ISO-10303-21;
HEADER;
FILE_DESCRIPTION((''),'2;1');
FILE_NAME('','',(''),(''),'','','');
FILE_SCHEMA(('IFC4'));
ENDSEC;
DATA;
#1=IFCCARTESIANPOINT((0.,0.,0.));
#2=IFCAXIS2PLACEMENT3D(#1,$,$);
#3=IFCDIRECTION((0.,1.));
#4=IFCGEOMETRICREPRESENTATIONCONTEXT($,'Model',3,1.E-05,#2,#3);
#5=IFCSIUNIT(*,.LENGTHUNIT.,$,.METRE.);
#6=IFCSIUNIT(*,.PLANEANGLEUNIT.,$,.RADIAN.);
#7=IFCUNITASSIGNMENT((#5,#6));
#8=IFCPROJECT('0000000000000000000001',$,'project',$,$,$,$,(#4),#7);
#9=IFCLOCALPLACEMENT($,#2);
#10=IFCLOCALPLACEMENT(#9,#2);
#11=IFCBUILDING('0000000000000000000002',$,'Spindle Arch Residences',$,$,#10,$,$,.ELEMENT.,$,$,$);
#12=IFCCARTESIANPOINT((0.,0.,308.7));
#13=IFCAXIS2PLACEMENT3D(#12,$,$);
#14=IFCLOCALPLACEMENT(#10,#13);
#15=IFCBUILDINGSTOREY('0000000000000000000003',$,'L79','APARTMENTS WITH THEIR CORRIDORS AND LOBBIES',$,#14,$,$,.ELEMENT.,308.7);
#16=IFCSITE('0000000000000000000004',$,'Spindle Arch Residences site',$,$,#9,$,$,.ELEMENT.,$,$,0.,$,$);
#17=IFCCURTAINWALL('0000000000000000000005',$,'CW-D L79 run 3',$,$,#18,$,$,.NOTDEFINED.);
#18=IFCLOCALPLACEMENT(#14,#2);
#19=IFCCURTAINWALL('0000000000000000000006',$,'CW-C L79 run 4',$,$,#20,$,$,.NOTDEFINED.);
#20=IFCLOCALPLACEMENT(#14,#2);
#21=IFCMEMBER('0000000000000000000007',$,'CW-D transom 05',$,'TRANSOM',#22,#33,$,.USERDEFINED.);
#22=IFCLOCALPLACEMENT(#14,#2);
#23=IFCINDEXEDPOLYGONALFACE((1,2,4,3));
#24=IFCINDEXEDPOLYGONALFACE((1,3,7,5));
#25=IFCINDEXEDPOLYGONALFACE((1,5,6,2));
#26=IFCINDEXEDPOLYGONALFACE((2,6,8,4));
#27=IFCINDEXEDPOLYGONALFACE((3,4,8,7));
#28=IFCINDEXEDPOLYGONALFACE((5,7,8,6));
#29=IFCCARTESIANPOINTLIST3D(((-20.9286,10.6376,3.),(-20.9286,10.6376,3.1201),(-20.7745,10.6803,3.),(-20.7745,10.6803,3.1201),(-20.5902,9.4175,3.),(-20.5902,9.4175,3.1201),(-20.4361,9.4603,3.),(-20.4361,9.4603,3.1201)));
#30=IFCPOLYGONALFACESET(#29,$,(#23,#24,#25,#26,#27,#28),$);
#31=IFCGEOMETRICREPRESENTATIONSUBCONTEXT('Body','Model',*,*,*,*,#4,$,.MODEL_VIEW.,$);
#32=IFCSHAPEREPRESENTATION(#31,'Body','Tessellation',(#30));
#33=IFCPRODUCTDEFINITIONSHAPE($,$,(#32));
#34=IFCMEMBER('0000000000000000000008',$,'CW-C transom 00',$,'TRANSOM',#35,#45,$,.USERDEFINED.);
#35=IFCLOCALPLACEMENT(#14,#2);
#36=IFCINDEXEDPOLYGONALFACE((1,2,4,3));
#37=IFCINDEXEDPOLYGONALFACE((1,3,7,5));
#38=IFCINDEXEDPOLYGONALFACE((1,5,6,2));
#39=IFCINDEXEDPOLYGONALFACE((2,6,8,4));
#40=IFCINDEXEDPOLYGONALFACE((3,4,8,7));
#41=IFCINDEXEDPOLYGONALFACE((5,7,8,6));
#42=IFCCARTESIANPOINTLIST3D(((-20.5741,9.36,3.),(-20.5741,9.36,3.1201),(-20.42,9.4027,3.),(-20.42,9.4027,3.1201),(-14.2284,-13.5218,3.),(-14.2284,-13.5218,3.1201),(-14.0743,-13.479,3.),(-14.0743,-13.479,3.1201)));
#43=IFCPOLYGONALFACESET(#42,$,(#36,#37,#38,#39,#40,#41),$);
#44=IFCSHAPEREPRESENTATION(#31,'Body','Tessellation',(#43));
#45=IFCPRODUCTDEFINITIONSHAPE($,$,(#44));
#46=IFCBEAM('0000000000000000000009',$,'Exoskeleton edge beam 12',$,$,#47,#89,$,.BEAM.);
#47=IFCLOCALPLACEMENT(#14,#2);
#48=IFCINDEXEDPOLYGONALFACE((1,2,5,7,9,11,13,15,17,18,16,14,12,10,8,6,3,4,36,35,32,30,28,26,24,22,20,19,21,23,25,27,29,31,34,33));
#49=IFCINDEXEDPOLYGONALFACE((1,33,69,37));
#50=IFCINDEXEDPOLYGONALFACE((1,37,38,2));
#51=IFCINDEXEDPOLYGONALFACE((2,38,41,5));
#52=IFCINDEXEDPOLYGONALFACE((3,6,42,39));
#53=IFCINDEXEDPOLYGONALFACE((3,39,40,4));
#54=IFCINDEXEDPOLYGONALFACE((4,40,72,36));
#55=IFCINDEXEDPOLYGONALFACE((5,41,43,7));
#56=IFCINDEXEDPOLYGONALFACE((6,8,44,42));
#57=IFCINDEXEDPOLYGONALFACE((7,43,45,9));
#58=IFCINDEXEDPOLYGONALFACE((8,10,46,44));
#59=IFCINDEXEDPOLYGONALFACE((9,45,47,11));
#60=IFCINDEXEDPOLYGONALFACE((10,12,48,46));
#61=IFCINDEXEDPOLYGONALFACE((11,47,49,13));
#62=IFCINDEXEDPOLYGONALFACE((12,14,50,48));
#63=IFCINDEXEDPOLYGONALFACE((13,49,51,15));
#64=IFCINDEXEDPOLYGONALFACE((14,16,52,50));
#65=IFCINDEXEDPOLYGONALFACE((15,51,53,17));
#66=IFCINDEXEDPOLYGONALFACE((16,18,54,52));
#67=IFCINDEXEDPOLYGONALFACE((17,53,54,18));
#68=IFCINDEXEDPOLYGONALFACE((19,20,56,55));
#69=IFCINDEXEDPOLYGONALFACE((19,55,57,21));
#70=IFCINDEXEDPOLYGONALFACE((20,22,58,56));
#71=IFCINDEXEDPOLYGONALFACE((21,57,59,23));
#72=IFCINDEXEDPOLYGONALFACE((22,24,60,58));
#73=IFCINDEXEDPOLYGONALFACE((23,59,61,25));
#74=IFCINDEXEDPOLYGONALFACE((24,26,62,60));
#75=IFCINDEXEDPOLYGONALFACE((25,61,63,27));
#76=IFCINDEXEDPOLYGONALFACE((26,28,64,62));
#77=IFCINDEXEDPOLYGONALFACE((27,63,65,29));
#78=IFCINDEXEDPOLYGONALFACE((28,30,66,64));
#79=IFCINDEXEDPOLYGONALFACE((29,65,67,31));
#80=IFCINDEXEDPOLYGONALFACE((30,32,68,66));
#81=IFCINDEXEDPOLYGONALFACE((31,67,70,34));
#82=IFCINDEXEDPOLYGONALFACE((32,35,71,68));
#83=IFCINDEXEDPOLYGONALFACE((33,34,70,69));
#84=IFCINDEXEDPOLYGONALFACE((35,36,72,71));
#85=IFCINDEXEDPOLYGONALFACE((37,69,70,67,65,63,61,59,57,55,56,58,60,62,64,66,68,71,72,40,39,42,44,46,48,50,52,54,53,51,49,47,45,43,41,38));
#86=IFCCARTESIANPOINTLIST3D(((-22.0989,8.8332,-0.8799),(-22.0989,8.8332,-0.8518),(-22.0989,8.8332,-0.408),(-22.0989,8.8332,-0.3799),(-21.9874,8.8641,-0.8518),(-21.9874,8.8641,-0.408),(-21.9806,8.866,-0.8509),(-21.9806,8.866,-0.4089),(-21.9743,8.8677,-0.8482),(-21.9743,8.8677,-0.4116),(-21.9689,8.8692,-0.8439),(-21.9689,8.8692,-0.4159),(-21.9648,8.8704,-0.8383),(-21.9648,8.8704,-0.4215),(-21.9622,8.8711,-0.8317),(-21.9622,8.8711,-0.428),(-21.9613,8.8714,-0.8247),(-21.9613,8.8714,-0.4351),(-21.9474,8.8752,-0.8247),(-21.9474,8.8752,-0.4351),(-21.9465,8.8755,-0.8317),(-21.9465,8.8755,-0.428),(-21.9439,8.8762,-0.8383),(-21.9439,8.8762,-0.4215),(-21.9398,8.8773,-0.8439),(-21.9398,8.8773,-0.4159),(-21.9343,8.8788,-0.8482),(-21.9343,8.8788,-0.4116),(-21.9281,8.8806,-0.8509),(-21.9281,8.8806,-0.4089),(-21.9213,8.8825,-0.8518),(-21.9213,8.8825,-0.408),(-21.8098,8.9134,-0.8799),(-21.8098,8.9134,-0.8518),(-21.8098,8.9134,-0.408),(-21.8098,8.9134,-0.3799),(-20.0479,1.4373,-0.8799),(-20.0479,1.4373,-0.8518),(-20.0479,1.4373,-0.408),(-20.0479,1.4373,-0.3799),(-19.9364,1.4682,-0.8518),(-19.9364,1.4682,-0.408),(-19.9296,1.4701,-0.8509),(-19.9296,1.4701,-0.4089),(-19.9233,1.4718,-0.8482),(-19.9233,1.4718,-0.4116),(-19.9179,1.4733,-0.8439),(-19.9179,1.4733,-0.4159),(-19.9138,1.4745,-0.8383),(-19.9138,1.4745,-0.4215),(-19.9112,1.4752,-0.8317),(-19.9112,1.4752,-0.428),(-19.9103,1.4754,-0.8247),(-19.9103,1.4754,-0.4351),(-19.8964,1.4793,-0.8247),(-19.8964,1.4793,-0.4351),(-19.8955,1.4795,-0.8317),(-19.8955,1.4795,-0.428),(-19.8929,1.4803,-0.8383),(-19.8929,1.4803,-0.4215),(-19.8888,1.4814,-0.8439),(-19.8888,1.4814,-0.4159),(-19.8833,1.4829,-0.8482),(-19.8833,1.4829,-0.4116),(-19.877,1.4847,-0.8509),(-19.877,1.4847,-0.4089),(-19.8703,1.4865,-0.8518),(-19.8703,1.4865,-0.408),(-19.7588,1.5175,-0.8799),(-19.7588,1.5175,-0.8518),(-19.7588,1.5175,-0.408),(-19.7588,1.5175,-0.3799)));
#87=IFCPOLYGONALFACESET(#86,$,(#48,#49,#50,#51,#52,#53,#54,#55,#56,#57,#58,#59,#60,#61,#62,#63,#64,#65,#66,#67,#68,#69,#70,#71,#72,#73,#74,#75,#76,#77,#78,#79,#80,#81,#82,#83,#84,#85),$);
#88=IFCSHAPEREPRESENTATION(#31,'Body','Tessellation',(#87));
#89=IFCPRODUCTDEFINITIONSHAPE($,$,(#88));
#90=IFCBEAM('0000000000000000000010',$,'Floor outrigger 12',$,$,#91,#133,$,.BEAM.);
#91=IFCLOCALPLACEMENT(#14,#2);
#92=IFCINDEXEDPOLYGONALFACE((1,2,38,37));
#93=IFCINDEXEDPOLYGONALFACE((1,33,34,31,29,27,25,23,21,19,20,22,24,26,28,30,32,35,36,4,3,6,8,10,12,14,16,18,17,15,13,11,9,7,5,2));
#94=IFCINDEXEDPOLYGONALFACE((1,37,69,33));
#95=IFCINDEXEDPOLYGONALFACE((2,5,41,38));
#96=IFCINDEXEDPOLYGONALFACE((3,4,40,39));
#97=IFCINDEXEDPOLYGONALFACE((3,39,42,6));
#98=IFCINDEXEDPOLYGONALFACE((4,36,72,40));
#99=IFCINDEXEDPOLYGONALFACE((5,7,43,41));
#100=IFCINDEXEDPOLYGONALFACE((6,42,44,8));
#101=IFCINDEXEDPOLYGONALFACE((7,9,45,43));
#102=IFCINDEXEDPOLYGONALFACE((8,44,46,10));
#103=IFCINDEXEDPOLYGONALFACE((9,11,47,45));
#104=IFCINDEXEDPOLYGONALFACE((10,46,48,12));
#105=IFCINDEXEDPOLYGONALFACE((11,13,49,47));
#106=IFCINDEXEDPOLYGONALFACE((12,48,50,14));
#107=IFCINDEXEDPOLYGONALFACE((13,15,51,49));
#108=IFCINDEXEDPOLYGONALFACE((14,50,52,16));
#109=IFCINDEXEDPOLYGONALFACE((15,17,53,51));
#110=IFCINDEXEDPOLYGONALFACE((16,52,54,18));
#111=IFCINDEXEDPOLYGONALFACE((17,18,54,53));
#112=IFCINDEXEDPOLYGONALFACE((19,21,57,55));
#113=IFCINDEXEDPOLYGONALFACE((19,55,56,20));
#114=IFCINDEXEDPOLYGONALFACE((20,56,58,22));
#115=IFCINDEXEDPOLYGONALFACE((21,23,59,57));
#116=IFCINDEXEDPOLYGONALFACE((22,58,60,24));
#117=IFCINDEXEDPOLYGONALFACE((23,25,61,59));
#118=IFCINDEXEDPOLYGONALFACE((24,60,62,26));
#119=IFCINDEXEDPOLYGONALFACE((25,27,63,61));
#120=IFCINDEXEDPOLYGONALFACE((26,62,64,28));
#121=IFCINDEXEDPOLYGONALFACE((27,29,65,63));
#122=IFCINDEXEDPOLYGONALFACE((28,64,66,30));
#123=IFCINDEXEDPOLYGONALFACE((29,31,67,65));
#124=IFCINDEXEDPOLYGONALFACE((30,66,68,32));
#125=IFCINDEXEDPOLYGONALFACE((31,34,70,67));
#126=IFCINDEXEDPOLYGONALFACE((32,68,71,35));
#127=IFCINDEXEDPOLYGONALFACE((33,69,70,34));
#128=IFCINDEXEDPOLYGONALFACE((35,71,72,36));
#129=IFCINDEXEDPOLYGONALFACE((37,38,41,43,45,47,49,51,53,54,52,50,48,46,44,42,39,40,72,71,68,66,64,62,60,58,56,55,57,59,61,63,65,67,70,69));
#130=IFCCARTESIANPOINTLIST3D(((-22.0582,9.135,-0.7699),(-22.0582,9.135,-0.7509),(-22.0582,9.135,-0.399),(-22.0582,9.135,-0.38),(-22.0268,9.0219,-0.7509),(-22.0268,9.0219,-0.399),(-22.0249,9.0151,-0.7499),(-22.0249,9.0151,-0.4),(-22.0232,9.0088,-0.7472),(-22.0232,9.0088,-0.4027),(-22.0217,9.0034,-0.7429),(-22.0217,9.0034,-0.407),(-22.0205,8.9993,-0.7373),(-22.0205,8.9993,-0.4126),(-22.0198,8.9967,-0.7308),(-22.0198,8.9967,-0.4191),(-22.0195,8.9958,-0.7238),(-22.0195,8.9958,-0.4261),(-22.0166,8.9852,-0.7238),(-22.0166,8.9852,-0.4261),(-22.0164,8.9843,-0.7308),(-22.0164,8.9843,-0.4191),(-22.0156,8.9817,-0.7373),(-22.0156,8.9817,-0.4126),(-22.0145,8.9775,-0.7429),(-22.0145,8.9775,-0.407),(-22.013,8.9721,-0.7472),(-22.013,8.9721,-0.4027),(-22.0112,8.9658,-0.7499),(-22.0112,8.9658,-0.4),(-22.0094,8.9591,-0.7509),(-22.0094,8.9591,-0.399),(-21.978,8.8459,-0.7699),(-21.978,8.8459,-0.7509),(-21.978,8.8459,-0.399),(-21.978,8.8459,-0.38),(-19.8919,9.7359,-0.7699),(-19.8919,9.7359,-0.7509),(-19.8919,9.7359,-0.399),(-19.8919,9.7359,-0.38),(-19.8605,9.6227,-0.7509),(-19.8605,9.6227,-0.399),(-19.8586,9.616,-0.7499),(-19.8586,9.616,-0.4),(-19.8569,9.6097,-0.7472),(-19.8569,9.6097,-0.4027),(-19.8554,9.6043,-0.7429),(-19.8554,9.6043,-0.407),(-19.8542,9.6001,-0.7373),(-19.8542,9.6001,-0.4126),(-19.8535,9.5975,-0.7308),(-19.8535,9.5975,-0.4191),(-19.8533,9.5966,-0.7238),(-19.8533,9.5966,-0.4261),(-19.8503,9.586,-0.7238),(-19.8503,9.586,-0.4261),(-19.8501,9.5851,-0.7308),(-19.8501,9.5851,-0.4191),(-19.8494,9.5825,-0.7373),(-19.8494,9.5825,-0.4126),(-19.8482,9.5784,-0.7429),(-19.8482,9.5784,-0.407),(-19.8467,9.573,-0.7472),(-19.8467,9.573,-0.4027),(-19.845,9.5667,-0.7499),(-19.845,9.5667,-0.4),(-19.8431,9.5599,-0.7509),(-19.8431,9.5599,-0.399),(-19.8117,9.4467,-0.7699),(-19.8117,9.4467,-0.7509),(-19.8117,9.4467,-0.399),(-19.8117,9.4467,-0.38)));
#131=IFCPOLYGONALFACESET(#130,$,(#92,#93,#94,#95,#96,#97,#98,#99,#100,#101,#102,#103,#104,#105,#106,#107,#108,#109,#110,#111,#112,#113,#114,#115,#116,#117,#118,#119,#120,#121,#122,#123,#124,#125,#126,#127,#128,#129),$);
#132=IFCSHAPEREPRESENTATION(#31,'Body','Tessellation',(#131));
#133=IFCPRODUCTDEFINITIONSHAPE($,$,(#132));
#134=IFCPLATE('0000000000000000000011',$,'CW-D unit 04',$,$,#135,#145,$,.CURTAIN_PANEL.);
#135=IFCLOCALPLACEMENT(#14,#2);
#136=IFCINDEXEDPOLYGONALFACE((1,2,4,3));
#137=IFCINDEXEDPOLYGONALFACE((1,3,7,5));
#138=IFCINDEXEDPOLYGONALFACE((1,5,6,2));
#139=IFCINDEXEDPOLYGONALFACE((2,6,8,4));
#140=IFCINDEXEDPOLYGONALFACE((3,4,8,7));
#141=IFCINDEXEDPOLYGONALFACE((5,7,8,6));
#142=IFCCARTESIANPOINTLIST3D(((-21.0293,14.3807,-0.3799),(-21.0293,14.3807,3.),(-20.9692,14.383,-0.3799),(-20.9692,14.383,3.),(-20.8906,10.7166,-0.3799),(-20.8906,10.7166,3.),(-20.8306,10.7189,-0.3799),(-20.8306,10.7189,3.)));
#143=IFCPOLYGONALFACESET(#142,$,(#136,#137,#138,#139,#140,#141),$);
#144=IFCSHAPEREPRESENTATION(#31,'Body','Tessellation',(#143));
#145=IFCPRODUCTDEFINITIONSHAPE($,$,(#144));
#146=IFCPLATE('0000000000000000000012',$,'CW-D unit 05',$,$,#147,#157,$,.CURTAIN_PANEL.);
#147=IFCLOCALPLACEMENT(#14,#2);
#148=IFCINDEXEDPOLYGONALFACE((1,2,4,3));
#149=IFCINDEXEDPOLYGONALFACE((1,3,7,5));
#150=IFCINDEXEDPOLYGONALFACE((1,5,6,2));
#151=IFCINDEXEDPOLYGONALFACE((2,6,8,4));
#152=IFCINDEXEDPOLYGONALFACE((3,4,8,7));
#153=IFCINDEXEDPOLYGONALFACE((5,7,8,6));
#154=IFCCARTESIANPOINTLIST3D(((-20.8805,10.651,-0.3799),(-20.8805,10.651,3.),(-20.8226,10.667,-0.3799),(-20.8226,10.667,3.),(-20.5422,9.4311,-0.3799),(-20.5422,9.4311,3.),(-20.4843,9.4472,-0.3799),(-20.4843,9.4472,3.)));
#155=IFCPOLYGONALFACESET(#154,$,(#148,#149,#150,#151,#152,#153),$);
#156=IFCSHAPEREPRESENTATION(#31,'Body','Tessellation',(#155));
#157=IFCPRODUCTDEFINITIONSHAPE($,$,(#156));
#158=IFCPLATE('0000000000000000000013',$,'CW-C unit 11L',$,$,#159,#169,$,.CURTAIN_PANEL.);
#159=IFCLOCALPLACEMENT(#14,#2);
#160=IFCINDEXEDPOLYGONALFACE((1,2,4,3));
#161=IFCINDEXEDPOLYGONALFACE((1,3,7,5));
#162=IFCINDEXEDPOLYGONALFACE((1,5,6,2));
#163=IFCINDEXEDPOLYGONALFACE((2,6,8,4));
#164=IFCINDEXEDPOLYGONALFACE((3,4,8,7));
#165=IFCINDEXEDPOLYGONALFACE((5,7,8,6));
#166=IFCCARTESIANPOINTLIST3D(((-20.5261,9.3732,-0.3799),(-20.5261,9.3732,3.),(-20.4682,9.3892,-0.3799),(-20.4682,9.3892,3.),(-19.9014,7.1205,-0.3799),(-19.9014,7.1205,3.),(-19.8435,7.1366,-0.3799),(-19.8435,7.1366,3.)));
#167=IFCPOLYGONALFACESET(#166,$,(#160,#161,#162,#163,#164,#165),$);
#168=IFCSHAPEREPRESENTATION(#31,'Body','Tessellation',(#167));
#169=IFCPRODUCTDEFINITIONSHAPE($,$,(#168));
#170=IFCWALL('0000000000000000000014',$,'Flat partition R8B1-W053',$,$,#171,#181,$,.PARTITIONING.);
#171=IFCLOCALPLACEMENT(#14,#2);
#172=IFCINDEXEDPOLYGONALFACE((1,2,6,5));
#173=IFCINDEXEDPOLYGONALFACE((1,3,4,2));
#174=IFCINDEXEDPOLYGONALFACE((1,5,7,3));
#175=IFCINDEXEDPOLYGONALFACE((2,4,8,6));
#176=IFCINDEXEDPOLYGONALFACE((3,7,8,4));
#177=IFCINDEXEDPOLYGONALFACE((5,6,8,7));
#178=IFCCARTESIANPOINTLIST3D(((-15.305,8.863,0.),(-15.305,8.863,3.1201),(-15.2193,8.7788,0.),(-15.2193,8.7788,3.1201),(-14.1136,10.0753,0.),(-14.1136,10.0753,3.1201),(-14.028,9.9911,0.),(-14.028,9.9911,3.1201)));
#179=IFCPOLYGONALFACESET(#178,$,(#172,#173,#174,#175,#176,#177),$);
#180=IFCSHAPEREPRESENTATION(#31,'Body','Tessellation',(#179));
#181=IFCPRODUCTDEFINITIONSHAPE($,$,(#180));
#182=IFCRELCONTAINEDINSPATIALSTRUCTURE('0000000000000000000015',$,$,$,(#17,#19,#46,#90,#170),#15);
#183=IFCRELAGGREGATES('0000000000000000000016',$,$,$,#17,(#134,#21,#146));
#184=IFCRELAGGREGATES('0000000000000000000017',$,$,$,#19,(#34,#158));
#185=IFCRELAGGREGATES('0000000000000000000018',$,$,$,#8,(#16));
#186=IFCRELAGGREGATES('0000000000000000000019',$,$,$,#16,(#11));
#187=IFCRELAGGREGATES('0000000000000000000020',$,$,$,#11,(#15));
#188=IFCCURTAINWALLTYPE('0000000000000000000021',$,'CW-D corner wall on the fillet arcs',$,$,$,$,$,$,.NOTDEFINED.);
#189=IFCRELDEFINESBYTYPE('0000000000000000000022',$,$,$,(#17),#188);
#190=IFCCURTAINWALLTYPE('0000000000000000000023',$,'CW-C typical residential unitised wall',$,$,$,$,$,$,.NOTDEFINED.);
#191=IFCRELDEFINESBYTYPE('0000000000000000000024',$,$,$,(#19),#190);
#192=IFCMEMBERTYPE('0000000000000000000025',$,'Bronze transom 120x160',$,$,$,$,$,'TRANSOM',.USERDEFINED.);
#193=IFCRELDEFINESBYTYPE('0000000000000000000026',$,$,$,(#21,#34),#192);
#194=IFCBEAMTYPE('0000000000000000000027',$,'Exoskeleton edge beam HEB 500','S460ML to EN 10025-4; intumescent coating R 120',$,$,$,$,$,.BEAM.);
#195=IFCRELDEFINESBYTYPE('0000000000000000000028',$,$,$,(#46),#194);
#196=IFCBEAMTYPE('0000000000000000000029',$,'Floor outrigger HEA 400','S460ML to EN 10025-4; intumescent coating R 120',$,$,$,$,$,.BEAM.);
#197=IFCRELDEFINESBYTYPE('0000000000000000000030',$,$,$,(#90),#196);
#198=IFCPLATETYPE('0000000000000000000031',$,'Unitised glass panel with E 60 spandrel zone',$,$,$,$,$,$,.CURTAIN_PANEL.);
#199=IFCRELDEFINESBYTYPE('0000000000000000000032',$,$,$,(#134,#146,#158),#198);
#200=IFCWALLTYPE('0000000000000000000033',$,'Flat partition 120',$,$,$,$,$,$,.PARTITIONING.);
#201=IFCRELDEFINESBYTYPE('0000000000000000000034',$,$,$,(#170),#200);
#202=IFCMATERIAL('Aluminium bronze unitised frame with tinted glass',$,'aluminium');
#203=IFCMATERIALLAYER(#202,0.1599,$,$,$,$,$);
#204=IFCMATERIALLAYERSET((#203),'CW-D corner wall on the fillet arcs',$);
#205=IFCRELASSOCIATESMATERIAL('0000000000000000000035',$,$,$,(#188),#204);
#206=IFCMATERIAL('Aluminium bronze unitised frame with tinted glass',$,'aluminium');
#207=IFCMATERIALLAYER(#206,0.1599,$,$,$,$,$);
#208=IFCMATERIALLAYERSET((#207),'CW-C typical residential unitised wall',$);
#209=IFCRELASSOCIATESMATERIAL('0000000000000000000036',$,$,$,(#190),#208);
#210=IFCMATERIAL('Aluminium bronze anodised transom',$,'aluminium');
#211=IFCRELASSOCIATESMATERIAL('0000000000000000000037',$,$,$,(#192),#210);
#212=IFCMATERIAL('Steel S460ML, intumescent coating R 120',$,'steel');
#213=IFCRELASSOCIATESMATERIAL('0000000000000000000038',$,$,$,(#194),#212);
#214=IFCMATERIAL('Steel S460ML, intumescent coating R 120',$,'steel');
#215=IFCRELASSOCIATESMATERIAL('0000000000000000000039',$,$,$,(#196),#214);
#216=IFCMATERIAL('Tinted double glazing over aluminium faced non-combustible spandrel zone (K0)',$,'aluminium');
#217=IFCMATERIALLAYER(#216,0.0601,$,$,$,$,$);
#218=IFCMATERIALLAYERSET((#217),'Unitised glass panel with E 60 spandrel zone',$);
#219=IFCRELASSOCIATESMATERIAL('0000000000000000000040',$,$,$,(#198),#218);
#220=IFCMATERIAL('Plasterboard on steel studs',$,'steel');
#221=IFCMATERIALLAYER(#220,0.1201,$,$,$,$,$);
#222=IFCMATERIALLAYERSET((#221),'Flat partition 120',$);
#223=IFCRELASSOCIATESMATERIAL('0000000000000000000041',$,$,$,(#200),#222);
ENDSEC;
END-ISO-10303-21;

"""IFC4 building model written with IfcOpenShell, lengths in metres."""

from ifc_helpers import new_model, si_unit, direction, frame, frame_2d, origin, origin_2d, place, context, subcontext, project, spatial, rectangle, i_section, extrude, material, layer, layer_set, material_profile, profile_set, type_object, element, aggregate, save


model = new_model("IFC4")

# Units and contexts
model_context = context("Model", 3, precision=1e-05, world=origin(), true_north=direction((0.0, 1.0)))
body_context = subcontext(model_context, "Body", "Model", "MODEL_VIEW")
ifc_project = project(units=[si_unit("LENGTHUNIT", "METRE"), si_unit("PLANEANGLEUNIT", "RADIAN")], contexts=[model_context])

# Site, building, storey
site_placement = place(None, origin())
site = spatial("IfcSite", under=ifc_project, at=site_placement, Name="Spindle Arch Residences site", CompositionType="ELEMENT", RefElevation=0.0)
building_placement = place(site_placement, origin())
building = spatial("IfcBuilding", under=site, at=building_placement, Name="Spindle Arch Residences", CompositionType="ELEMENT")
storey_placement = place(building_placement, frame((0.0, 0.0, 308.7)))
storey = spatial("IfcBuildingStorey", under=building, at=storey_placement, Name="L79", Description="APARTMENTS WITH THEIR CORRIDORS AND LOBBIES", CompositionType="ELEMENT", Elevation=308.7)

# Curtain walls
ifc_material_1 = material(Name="Aluminium bronze unitised frame with tinted glass", Category="aluminium")
ifc_layer_1 = layer(ifc_material_1, 0.1599)
ifc_layer_set_1 = layer_set([ifc_layer_1], Name="CW-D corner wall on the fillet arcs")
curtain_wall_type_1 = type_object("IfcCurtainWallType", Name="CW-D corner wall on the fillet arcs", PredefinedType="NOTDEFINED", material=ifc_layer_set_1)
curtain_wall_1_placement = place(storey_placement, origin())
curtain_wall_1 = element("IfcCurtainWall", 1, at=curtain_wall_1_placement, inside=storey, type_object=curtain_wall_type_1, Name="CW-D L79 run 3", PredefinedType="NOTDEFINED")
ifc_material_2 = material(Name="Aluminium bronze unitised frame with tinted glass", Category="aluminium")
ifc_layer_2 = layer(ifc_material_2, 0.1599)
ifc_layer_set_2 = layer_set([ifc_layer_2], Name="CW-C typical residential unitised wall")
curtain_wall_type_2 = type_object("IfcCurtainWallType", Name="CW-C typical residential unitised wall", PredefinedType="NOTDEFINED", material=ifc_layer_set_2)
curtain_wall_2_placement = place(storey_placement, origin())
curtain_wall_2 = element("IfcCurtainWall", 2, at=curtain_wall_2_placement, inside=storey, type_object=curtain_wall_type_2, Name="CW-C L79 run 4", PredefinedType="NOTDEFINED")

# Members
ifc_material_3 = material(Name="Aluminium bronze anodised transom", Category="aluminium")
ifc_material_profile_1 = material_profile(ifc_material_3, rectangle(XDim=0.1599, YDim=0.1201, at=origin_2d()), Name="TR 120x160")
ifc_profile_set_1 = profile_set([ifc_material_profile_1], Name="Aluminium bronze anodised transom")
member_type_1 = type_object("IfcMemberType", Name="Bronze transom 120x160", ElementType="TRANSOM", PredefinedType="USERDEFINED", material=ifc_profile_set_1)
member_1_placement = place(storey_placement, frame((-20.8516, 10.6589, 3.0601), z_axis=(0.267276, -0.96362, 0.0), x_axis=(0.96362, 0.267276, 0.0)))
member_1 = element("IfcMember", 3, at=member_1_placement, type_object=member_type_1, Name="CW-D transom 05", ObjectType="TRANSOM", PredefinedType="USERDEFINED", context=body_context, shape_type="SweptSolid", body=[
    extrude(rectangle(XDim=0.1599, YDim=0.1201, at=origin_2d()), origin(), (0.0, 0.0, 1.0), 1.2661),
])
member_2_placement = place(storey_placement, frame((-20.4971, 9.3813, 3.0601), z_axis=(0.267239, -0.96363, 0.0), x_axis=(0.96363, 0.267239, 0.0)))
member_2 = element("IfcMember", 4, at=member_2_placement, type_object=member_type_1, Name="CW-C transom 00", ObjectType="TRANSOM", PredefinedType="USERDEFINED", context=body_context, shape_type="SweptSolid", body=[
    extrude(rectangle(XDim=0.1599, YDim=0.1201, at=origin_2d()), origin(), (0.0, 0.0, 1.0), 23.7454),
])

# Beams
ifc_material_4 = material(Name="Steel S460ML, intumescent coating R 120", Category="steel")
ifc_material_profile_2 = material_profile(ifc_material_4, i_section(OverallWidth=0.3, OverallDepth=0.5, WebThickness=0.0144, FlangeThickness=0.0281, FilletRadius=0.0271, at=origin_2d()), Name="HEB 500")
ifc_profile_set_2 = profile_set([ifc_material_profile_2], Name="Steel S460ML, intumescent coating R 120")
beam_type_1 = type_object("IfcBeamType", Name="Exoskeleton edge beam HEB 500", Description="S460ML to EN 10025-4; intumescent coating R 120", PredefinedType="BEAM", material=ifc_profile_set_2)
beam_1_placement = place(storey_placement, frame((-21.9543, 8.8733, -0.6299), z_axis=(0.26723, -0.963633, 0.0), x_axis=(0.963633, 0.26723, 0.0)))
element("IfcBeam", 5, at=beam_1_placement, inside=storey, type_object=beam_type_1, Name="Exoskeleton edge beam 12", PredefinedType="BEAM", context=body_context, shape_type="SweptSolid", body=[
    extrude(i_section(OverallWidth=0.3, OverallDepth=0.5, WebThickness=0.0144, FlangeThickness=0.0281, FilletRadius=0.0271, at=origin_2d()), origin(), (0.0, 0.0, 1.0), 7.675),
])
ifc_material_5 = material(Name="Steel S460ML, intumescent coating R 120", Category="steel")
ifc_material_profile_3 = material_profile(ifc_material_5, i_section(OverallWidth=0.3, OverallDepth=0.3899, WebThickness=0.011, FlangeThickness=0.019, FilletRadius=0.0271, at=origin_2d()), Name="HEA 400")
ifc_profile_set_3 = profile_set([ifc_material_profile_3], Name="Steel S460ML, intumescent coating R 120")
beam_type_2 = type_object("IfcBeamType", Name="Floor outrigger HEA 400", Description="S460ML to EN 10025-4; intumescent coating R 120", PredefinedType="BEAM", material=ifc_profile_set_3)
beam_2_placement = place(storey_placement, frame((-22.0181, 8.9905, -0.575), z_axis=(0.963622, 0.267269, 0.0), x_axis=(-0.267269, 0.963622, 0.0)))
element("IfcBeam", 6, at=beam_2_placement, inside=storey, type_object=beam_type_2, Name="Floor outrigger 12", PredefinedType="BEAM", context=body_context, shape_type="SweptSolid", body=[
    extrude(i_section(OverallWidth=0.3, OverallDepth=0.3899, WebThickness=0.011, FlangeThickness=0.019, FilletRadius=0.0271, at=origin_2d()), origin(), (0.0, 0.0, 1.0), 2.248),
])

# Plates
ifc_material_6 = material(Name="Tinted double glazing over aluminium faced non-combustible spandrel zone (K0)", Category="aluminium")
ifc_layer_3 = layer(ifc_material_6, 0.0601)
ifc_layer_set_3 = layer_set([ifc_layer_3], Name="Unitised glass panel with E 60 spandrel zone")
plate_type = type_object("IfcPlateType", Name="Unitised glass panel with E 60 spandrel zone", PredefinedType="CURTAIN_PANEL", material=ifc_layer_set_3)
plate_1_placement = place(storey_placement, frame((-20.9299, 12.5498, -0.3799), z_axis=(0.0, 0.0, 1.0), x_axis=(0.037806, -0.999285, 0.0)))
plate_1 = element("IfcPlate", 7, at=plate_1_placement, type_object=plate_type, Name="CW-D unit 04", PredefinedType="CURTAIN_PANEL", context=body_context, shape_type="SweptSolid", body=[
    extrude(rectangle(XDim=3.6667, YDim=0.0601, at=origin_2d()), origin(), (0.0, 0.0, 1.0), 3.3799),
])
plate_2_placement = place(storey_placement, frame((-20.6824, 10.0491, -0.3799), z_axis=(0.0, 0.0, 1.0), x_axis=(0.267238, -0.96363, 0.0)))
plate_2 = element("IfcPlate", 8, at=plate_2_placement, type_object=plate_type, Name="CW-D unit 05", PredefinedType="CURTAIN_PANEL", context=body_context, shape_type="SweptSolid", body=[
    extrude(rectangle(XDim=1.2659, YDim=0.0601, at=origin_2d()), origin(), (0.0, 0.0, 1.0), 3.3799),
])
aggregate(curtain_wall_1, [plate_1, member_1, plate_2])
plate_3_placement = place(storey_placement, frame((-20.1848, 8.2549, -0.3799), z_axis=(0.0, 0.0, 1.0), x_axis=(0.267238, -0.96363, 0.0)))
plate_3 = element("IfcPlate", 9, at=plate_3_placement, type_object=plate_type, Name="CW-C unit 11L", PredefinedType="CURTAIN_PANEL", context=body_context, shape_type="SweptSolid", body=[
    extrude(rectangle(XDim=2.3376, YDim=0.0601, at=origin_2d()), origin(), (0.0, 0.0, 1.0), 3.3799),
])
aggregate(curtain_wall_2, [member_2, plate_3])

# Wall
ifc_material_7 = material(Name="Plasterboard on steel studs", Category="steel")
ifc_layer_4 = layer(ifc_material_7, 0.1201)
ifc_layer_set_4 = layer_set([ifc_layer_4], Name="Flat partition 120")
wall_type_1 = type_object("IfcWallType", Name="Flat partition 120", PredefinedType="PARTITIONING", material=ifc_layer_set_4)
wall_1_placement = place(storey_placement, frame((-14.0708, 10.0332, 0.0), z_axis=(0.0, 0.0, 1.0), x_axis=(-0.700904, -0.713256, 0.0)))
element("IfcWall", 10, at=wall_1_placement, inside=storey, type_object=wall_type_1, Name="Flat partition R8B1-W053", PredefinedType="PARTITIONING", context=body_context, shape_type="SweptSolid", body=[
    extrude(rectangle(XDim=1.6997, YDim=0.1201, at=frame_2d((0.8499, 0.0))), origin(), (0.0, 0.0, 1.0), 3.1201),
])

save(model, "model.ifc")
